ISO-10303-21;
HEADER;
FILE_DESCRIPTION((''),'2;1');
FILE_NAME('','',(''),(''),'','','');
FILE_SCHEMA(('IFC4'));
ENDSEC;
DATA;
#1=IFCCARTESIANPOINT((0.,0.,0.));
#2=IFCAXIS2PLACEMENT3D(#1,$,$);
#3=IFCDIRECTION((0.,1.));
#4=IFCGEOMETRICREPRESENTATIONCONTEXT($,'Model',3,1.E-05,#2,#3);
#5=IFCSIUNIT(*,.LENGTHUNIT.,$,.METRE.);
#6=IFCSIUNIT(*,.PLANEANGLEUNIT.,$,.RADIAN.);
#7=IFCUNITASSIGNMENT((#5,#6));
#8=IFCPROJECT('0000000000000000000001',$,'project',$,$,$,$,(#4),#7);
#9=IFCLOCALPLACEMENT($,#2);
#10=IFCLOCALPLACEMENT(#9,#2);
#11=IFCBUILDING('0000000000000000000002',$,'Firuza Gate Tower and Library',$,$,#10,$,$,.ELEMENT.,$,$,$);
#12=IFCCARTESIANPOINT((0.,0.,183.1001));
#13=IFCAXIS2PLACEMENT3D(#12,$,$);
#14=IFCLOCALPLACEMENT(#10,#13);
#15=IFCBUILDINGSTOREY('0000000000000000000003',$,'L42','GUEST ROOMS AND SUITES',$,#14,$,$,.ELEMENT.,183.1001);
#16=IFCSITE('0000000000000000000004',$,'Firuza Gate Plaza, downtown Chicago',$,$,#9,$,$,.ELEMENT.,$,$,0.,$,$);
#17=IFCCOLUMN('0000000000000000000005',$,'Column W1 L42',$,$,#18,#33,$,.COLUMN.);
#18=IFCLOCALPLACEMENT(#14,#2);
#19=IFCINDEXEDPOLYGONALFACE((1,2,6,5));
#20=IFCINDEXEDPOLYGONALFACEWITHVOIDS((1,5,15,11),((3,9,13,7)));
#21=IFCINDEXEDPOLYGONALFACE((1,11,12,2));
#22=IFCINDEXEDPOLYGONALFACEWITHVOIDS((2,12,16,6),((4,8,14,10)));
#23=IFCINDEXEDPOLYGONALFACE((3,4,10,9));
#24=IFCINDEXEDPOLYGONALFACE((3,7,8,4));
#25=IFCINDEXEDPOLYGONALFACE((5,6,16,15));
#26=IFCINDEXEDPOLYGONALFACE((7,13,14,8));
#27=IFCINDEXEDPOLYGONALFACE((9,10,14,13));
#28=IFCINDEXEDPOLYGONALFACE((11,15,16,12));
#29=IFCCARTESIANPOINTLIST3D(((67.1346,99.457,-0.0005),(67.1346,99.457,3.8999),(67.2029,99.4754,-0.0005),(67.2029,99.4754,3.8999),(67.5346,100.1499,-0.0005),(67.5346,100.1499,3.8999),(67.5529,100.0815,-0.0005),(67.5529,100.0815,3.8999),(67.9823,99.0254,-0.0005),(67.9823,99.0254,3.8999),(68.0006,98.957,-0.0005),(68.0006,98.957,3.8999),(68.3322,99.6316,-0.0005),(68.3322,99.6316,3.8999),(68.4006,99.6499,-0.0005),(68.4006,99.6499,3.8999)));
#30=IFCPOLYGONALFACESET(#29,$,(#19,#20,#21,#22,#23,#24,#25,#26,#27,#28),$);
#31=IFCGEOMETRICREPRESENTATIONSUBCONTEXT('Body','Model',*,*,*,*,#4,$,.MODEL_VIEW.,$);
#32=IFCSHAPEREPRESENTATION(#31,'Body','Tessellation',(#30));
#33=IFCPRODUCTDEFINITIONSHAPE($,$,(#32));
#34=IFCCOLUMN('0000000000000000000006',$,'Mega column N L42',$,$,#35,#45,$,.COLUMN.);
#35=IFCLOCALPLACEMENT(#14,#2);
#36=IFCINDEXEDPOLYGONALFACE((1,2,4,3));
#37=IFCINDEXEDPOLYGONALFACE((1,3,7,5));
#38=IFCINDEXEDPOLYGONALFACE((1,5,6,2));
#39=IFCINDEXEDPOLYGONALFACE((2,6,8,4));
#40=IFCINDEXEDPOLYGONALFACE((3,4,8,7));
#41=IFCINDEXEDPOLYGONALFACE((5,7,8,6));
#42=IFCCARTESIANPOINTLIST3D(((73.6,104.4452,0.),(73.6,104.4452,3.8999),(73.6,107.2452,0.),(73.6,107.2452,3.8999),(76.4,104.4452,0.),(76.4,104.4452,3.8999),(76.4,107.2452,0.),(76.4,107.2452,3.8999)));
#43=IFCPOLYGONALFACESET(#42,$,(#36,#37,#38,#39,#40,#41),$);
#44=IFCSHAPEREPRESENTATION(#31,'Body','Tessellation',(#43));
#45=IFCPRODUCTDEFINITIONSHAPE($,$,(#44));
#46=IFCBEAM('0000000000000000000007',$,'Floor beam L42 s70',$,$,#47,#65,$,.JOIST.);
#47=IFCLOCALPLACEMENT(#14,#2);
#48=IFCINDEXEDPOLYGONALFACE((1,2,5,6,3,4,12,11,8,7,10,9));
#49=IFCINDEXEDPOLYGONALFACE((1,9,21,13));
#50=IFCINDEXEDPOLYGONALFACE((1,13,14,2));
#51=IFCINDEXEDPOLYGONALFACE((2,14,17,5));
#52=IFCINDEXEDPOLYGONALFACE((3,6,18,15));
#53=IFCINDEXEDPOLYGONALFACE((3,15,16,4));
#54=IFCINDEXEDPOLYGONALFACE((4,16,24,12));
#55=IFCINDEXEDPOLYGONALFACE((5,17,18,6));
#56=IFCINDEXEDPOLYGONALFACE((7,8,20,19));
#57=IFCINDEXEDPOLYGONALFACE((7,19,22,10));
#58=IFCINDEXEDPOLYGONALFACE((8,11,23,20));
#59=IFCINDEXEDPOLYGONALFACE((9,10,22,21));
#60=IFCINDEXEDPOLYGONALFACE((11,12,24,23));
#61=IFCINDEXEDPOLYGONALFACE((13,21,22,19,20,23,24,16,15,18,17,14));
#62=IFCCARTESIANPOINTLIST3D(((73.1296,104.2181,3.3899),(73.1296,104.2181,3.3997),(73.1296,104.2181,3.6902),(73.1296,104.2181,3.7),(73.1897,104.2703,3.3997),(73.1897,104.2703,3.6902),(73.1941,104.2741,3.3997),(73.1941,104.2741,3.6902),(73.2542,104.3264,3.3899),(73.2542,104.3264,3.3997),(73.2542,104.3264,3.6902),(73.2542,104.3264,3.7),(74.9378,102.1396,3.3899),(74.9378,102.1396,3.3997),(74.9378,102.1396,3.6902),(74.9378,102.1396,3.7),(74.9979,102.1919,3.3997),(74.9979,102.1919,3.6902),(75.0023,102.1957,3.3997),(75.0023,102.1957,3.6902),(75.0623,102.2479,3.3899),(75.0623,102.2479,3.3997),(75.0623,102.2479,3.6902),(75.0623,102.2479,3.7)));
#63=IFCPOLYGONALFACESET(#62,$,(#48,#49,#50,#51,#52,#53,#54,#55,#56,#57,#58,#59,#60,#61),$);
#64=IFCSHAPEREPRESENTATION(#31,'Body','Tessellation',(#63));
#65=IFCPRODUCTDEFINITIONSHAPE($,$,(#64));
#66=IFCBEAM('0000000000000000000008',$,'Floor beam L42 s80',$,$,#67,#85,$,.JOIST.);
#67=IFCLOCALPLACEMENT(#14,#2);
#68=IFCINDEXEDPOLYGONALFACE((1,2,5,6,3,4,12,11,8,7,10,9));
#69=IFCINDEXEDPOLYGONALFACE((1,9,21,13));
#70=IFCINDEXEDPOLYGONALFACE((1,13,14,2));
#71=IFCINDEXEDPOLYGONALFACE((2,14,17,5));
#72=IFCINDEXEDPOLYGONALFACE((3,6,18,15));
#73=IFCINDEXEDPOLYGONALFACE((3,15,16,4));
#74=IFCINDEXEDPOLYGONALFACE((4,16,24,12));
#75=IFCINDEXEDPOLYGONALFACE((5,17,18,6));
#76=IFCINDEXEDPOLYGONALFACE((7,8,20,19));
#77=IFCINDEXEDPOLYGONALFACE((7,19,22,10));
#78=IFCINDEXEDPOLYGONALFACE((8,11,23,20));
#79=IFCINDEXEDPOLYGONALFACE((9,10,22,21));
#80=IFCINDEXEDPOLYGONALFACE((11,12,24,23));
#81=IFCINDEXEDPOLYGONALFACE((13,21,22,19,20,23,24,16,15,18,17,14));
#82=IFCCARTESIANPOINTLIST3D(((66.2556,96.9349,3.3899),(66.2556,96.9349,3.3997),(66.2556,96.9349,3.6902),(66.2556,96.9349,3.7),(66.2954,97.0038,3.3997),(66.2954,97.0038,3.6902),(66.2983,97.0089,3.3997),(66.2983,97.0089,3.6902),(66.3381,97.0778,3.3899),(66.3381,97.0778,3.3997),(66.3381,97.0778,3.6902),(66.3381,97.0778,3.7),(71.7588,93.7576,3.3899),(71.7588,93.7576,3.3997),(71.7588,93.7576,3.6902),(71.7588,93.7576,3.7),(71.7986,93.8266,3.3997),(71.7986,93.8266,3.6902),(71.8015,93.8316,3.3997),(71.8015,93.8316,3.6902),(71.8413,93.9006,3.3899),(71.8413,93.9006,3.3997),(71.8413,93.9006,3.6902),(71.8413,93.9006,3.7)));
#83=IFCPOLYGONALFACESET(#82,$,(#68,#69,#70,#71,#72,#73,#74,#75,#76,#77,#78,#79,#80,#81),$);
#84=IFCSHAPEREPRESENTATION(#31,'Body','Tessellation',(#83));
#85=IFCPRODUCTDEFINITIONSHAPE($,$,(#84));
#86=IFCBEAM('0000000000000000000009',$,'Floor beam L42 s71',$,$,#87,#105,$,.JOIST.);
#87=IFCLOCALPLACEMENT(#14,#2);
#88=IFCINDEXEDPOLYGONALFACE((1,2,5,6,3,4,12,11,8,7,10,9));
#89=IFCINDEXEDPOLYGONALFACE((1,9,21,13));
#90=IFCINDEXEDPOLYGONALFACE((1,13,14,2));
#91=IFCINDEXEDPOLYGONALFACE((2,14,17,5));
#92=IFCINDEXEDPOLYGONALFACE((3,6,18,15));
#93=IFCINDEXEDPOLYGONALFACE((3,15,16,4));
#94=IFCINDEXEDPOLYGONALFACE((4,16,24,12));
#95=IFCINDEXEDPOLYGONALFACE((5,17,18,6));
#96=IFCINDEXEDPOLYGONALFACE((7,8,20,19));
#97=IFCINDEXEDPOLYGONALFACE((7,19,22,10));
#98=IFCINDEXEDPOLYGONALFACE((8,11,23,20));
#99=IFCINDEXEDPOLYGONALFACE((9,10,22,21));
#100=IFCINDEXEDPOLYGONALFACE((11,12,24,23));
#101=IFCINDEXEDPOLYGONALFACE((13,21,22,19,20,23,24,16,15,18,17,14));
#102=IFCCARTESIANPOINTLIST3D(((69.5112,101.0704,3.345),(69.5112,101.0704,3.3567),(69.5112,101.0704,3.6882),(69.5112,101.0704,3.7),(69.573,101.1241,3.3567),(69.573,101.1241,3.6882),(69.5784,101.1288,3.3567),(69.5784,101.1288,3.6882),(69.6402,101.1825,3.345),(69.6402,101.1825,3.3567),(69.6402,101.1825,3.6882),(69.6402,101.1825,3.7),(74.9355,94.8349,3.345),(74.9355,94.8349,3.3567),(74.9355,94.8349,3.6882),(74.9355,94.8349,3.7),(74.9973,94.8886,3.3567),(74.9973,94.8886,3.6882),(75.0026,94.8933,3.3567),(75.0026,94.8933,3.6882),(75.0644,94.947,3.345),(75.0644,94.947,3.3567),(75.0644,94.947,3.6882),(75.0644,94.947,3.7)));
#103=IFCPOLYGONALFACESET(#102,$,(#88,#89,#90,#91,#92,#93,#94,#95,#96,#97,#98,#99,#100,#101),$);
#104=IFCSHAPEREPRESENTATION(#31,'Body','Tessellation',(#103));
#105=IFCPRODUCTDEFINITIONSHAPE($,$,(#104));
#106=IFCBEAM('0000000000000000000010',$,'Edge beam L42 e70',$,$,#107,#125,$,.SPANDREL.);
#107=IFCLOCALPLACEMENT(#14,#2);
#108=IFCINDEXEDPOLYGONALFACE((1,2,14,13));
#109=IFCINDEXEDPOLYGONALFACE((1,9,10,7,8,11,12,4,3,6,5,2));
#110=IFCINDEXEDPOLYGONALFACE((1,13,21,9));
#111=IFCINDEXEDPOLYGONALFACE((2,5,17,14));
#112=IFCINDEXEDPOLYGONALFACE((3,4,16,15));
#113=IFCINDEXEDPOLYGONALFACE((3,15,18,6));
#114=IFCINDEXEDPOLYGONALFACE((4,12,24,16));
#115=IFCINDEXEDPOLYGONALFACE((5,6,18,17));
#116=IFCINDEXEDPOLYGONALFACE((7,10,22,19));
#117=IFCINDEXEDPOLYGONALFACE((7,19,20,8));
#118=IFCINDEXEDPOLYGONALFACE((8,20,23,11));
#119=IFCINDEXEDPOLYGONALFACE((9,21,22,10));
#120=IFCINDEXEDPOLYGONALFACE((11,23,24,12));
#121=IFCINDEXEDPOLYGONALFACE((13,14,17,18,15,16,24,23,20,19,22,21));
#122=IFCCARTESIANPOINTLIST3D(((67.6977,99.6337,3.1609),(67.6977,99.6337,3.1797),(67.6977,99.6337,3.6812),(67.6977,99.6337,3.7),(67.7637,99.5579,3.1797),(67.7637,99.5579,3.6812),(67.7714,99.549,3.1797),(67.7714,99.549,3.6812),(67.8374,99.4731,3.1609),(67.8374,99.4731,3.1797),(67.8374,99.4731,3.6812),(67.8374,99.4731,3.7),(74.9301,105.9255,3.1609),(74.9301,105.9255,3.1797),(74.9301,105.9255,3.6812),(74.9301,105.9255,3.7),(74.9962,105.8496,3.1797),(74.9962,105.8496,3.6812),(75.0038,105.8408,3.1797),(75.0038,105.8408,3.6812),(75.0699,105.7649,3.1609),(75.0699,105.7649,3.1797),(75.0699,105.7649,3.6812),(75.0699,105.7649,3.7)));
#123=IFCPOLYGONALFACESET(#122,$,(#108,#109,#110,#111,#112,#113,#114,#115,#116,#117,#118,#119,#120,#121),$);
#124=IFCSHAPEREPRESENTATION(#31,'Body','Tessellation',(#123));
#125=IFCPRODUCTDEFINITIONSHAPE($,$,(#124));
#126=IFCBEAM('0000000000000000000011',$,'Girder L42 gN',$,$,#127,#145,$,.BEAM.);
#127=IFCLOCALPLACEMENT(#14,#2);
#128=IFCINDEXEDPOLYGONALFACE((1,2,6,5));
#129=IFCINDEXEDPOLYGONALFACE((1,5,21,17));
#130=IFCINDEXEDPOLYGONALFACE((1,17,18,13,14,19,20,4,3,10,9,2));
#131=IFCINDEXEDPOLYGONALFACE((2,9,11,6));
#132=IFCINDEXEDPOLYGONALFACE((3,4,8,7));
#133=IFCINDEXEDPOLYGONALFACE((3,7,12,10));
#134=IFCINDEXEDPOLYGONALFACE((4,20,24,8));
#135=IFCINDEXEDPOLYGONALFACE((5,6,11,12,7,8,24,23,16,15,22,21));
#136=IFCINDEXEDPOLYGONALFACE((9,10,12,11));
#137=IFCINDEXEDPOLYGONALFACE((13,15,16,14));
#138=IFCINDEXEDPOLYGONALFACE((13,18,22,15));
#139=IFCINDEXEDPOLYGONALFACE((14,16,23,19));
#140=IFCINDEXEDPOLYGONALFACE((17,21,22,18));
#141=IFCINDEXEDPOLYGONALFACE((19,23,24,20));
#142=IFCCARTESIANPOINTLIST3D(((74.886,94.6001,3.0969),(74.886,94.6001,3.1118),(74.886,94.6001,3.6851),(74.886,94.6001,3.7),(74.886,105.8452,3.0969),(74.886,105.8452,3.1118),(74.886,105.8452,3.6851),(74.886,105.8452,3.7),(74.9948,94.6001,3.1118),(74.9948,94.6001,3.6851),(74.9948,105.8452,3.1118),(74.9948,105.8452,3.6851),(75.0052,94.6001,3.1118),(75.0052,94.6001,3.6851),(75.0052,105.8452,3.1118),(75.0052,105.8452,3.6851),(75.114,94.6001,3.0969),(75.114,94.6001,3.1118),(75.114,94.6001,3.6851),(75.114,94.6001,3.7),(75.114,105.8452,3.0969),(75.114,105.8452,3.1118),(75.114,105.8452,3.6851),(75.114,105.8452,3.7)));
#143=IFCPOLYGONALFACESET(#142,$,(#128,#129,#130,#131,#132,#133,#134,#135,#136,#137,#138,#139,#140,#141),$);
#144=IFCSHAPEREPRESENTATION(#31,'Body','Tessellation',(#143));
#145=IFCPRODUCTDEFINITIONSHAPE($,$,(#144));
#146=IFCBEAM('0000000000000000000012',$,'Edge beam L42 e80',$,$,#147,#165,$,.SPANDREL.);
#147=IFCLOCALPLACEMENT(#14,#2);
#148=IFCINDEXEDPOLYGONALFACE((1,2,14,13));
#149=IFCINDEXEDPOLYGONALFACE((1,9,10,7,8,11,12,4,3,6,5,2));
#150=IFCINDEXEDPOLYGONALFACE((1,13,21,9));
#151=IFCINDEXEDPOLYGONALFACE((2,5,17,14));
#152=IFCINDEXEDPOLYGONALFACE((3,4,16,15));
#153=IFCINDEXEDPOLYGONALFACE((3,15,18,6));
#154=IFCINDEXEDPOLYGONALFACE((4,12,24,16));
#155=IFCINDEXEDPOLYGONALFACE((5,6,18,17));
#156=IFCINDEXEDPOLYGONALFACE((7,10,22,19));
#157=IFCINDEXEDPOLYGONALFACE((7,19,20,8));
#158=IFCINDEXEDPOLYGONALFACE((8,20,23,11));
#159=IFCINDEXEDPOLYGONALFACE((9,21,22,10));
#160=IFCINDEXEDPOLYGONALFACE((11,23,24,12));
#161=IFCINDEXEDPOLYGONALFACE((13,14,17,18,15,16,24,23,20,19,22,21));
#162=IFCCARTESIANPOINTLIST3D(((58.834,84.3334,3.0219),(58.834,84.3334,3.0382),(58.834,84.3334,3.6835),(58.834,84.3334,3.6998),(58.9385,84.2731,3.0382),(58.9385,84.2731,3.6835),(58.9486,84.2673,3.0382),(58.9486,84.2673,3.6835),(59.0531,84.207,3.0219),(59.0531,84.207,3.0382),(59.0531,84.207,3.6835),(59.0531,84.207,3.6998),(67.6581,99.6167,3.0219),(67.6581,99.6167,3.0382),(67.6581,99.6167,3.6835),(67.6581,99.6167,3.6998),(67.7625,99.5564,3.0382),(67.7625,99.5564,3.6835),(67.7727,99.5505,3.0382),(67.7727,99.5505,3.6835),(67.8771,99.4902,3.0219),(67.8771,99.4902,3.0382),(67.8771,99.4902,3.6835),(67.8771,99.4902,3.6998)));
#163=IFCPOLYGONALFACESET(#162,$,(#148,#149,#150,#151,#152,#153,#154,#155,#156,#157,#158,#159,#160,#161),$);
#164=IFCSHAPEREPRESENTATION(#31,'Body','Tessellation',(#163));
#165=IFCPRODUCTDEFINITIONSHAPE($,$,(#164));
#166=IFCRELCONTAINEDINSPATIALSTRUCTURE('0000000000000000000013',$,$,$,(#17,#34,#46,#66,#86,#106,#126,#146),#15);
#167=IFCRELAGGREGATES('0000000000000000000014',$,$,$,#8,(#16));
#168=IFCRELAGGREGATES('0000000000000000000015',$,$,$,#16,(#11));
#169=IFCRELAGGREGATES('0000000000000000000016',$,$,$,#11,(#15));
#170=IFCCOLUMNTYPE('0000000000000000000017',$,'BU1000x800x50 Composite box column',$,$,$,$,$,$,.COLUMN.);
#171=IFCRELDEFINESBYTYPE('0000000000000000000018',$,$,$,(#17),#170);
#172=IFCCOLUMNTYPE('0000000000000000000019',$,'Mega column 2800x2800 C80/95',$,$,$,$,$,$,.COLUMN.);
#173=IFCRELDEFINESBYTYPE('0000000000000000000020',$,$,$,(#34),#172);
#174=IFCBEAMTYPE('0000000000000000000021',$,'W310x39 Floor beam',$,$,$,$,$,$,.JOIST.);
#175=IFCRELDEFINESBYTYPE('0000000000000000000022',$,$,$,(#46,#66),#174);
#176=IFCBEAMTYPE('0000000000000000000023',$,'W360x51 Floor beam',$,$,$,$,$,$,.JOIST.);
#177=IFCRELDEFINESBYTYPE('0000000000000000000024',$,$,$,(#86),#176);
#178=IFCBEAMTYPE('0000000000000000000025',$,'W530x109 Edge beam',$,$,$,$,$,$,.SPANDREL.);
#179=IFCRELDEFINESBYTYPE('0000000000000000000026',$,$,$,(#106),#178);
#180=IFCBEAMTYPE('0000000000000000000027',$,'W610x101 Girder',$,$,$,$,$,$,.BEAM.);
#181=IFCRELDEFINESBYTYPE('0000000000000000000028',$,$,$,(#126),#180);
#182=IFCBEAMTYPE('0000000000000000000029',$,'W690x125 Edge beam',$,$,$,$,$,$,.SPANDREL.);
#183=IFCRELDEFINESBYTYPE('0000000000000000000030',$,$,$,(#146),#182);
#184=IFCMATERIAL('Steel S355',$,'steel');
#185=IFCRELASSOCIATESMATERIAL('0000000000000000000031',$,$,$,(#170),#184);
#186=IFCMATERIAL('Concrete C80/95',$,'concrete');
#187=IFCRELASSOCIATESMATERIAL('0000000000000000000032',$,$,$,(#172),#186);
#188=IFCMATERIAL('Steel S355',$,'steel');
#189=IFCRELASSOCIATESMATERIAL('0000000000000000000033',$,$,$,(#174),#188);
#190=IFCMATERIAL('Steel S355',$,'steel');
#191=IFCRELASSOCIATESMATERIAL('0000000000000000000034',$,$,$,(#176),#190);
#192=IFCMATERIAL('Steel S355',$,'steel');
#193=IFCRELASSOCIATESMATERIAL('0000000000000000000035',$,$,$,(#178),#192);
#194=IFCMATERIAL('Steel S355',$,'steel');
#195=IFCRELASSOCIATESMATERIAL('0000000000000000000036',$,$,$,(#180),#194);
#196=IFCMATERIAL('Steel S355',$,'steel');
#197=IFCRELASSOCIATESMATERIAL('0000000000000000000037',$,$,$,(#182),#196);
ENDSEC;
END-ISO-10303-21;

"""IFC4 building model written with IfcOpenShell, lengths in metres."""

from ifc_helpers import new_model, si_unit, direction, frame, origin, origin_2d, place, context, subcontext, project, spatial, rectangle, hollow_rectangle, i_section, extrude, material, material_profile, profile_set, type_object, element, save


model = new_model("IFC4")

# Units and contexts
model_context = context("Model", 3, precision=1e-05, world=origin(), true_north=direction((0.0, 1.0)))
body_context = subcontext(model_context, "Body", "Model", "MODEL_VIEW")
ifc_project = project(units=[si_unit("LENGTHUNIT", "METRE"), si_unit("PLANEANGLEUNIT", "RADIAN")], contexts=[model_context])

# Site, building, storey
site_placement = place(None, origin())
site = spatial("IfcSite", under=ifc_project, at=site_placement, Name="Firuza Gate Plaza, downtown Chicago", CompositionType="ELEMENT", RefElevation=0.0)
building_placement = place(site_placement, origin())
building = spatial("IfcBuilding", under=site, at=building_placement, Name="Firuza Gate Tower and Library", CompositionType="ELEMENT")
storey_placement = place(building_placement, frame((0.0, 0.0, 183.1001)))
storey = spatial("IfcBuildingStorey", under=building, at=storey_placement, Name="L42", Description="GUEST ROOMS AND SUITES", CompositionType="ELEMENT", Elevation=183.1001)

# Columns
ifc_material_1 = material(Name="Steel S355", Category="steel")
ifc_material_profile_1 = material_profile(ifc_material_1, hollow_rectangle(XDim=0.8, YDim=1.0, WallThickness=0.05, at=origin_2d()))
ifc_profile_set_1 = profile_set([ifc_material_profile_1], Name="Steel S355")
column_type_1 = type_object("IfcColumnType", Name="BU1000x800x50 Composite box column", PredefinedType="COLUMN", material=ifc_profile_set_1)
column_1_placement = place(storey_placement, frame((67.7676, 99.5535, -0.0005), z_axis=(0.0, 0.0, 1.0), x_axis=(-0.5, -0.866025, 0.0)))
element("IfcColumn", 1, at=column_1_placement, inside=storey, type_object=column_type_1, Name="Column W1 L42", PredefinedType="COLUMN", context=body_context, shape_type="SweptSolid", body=[
    extrude(hollow_rectangle(XDim=0.8, YDim=1.0, WallThickness=0.05, at=origin_2d()), origin(), (0.0, 0.0, 1.0), 3.9004),
])
ifc_material_2 = material(Name="Concrete C80/95", Category="concrete")
ifc_material_profile_2 = material_profile(ifc_material_2, rectangle(XDim=2.8, YDim=2.8, at=origin_2d()))
ifc_profile_set_2 = profile_set([ifc_material_profile_2], Name="Concrete C80/95")
column_type_2 = type_object("IfcColumnType", Name="Mega column 2800x2800 C80/95", PredefinedType="COLUMN", material=ifc_profile_set_2)
column_2_placement = place(storey_placement, frame((75.0, 105.8452, 0.0), z_axis=(0.0, 0.0, 1.0), x_axis=(-1.0, 0.0, 0.0)))
element("IfcColumn", 2, at=column_2_placement, inside=storey, type_object=column_type_2, Name="Mega column N L42", PredefinedType="COLUMN", context=body_context, shape_type="SweptSolid", body=[
    extrude(rectangle(XDim=2.8, YDim=2.8, at=origin_2d()), origin(), (0.0, 0.0, 1.0), 3.8999),
])

# Beams
ifc_material_3 = material(Name="Steel S355", Category="steel")
ifc_material_profile_3 = material_profile(ifc_material_3, i_section(OverallWidth=0.165, OverallDepth=0.3101, WebThickness=0.0059, FlangeThickness=0.0098, at=origin_2d()))
ifc_profile_set_3 = profile_set([ifc_material_profile_3], Name="Steel S355")
beam_type_1 = type_object("IfcBeamType", Name="W310x39 Floor beam", PredefinedType="JOIST", material=ifc_profile_set_3)
beam_1_placement = place(storey_placement, frame((73.1919, 104.2722, 3.5449), z_axis=(0.65635, -0.754457, 0.0), x_axis=(0.754457, 0.65635, 0.0)))
element("IfcBeam", 3, at=beam_1_placement, inside=storey, type_object=beam_type_1, Name="Floor beam L42 s70", PredefinedType="JOIST", context=body_context, shape_type="SweptSolid", body=[
    extrude(i_section(OverallWidth=0.165, OverallDepth=0.3101, WebThickness=0.0059, FlangeThickness=0.0098, at=origin_2d()), origin(), (0.0, 0.0, 1.0), 2.7549),
])
beam_2_placement = place(storey_placement, frame((66.2969, 97.0063, 3.5449), z_axis=(0.866026, -0.499998, 0.0), x_axis=(0.499998, 0.866026, 0.0)))
element("IfcBeam", 4, at=beam_2_placement, inside=storey, type_object=beam_type_1, Name="Floor beam L42 s80", PredefinedType="JOIST", context=body_context, shape_type="SweptSolid", body=[
    extrude(i_section(OverallWidth=0.165, OverallDepth=0.3101, WebThickness=0.0059, FlangeThickness=0.0098, at=origin_2d()), origin(), (0.0, 0.0, 1.0), 6.3545),
])
ifc_material_4 = material(Name="Steel S355", Category="steel")
ifc_material_profile_4 = material_profile(ifc_material_4, i_section(OverallWidth=0.1709, OverallDepth=0.355, WebThickness=0.0071, FlangeThickness=0.0117, at=origin_2d()))
ifc_profile_set_4 = profile_set([ifc_material_profile_4], Name="Steel S355")
beam_type_2 = type_object("IfcBeamType", Name="W360x51 Floor beam", PredefinedType="JOIST", material=ifc_profile_set_4)
beam_3_placement = place(storey_placement, frame((69.5757, 101.1265, 3.5225), z_axis=(0.656321, -0.754482, 0.0), x_axis=(0.754482, 0.656321, 0.0)))
element("IfcBeam", 5, at=beam_3_placement, inside=storey, type_object=beam_type_2, Name="Floor beam L42 s71", PredefinedType="JOIST", context=body_context, shape_type="SweptSolid", body=[
    extrude(i_section(OverallWidth=0.1709, OverallDepth=0.355, WebThickness=0.0071, FlangeThickness=0.0117, at=origin_2d()), origin(), (0.0, 0.0, 1.0), 8.2646),
])
ifc_material_5 = material(Name="Steel S355", Category="steel")
ifc_material_profile_5 = material_profile(ifc_material_5, i_section(OverallWidth=0.2129, OverallDepth=0.5391, WebThickness=0.0117, FlangeThickness=0.0188, at=origin_2d()))
ifc_profile_set_5 = profile_set([ifc_material_profile_5], Name="Steel S355")
beam_type_3 = type_object("IfcBeamType", Name="W530x109 Edge beam", PredefinedType="SPANDREL", material=ifc_profile_set_5)
beam_4_placement = place(storey_placement, frame((75.0, 105.8452, 3.4304), z_axis=(-0.754467, -0.656338, 0.0), x_axis=(0.656338, -0.754467, 0.0)))
element("IfcBeam", 6, at=beam_4_placement, inside=storey, type_object=beam_type_3, Name="Edge beam L42 e70", PredefinedType="SPANDREL", context=body_context, shape_type="SweptSolid", body=[
    extrude(i_section(OverallWidth=0.2129, OverallDepth=0.5391, WebThickness=0.0117, FlangeThickness=0.0188, at=origin_2d()), origin(), (0.0, 0.0, 1.0), 9.5862),
])
ifc_material_6 = material(Name="Steel S355", Category="steel")
ifc_material_profile_6 = material_profile(ifc_material_6, i_section(OverallWidth=0.228, OverallDepth=0.603, WebThickness=0.0105, FlangeThickness=0.0149, at=origin_2d()))
ifc_profile_set_6 = profile_set([ifc_material_profile_6], Name="Steel S355")
beam_type_4 = type_object("IfcBeamType", Name="W610x101 Girder", PredefinedType="BEAM", material=ifc_profile_set_6)
beam_5_placement = place(storey_placement, frame((75.0, 105.8452, 3.3984), z_axis=(0.0, -1.0, 0.0), x_axis=(1.0, 0.0, 0.0)))
element("IfcBeam", 7, at=beam_5_placement, inside=storey, type_object=beam_type_4, Name="Girder L42 gN", PredefinedType="BEAM", context=body_context, shape_type="SweptSolid", body=[
    extrude(i_section(OverallWidth=0.228, OverallDepth=0.603, WebThickness=0.0105, FlangeThickness=0.0149, at=origin_2d()), origin(), (0.0, 0.0, 1.0), 11.2451),
])
ifc_material_7 = material(Name="Steel S355", Category="steel")
ifc_material_profile_7 = material_profile(ifc_material_7, i_section(OverallWidth=0.2529, OverallDepth=0.678, WebThickness=0.0117, FlangeThickness=0.0164, at=origin_2d()))
ifc_profile_set_7 = profile_set([ifc_material_profile_7], Name="Steel S355")
beam_type_5 = type_object("IfcBeamType", Name="W690x125 Edge beam", PredefinedType="SPANDREL", material=ifc_profile_set_7)
beam_6_placement = place(storey_placement, frame((67.7676, 99.5535, 3.3608), z_axis=(-0.500009, -0.86602, 0.0), x_axis=(0.86602, -0.500009, 0.0)))
element("IfcBeam", 8, at=beam_6_placement, inside=storey, type_object=beam_type_5, Name="Edge beam L42 e80", PredefinedType="SPANDREL", context=body_context, shape_type="SweptSolid", body=[
    extrude(i_section(OverallWidth=0.2529, OverallDepth=0.678, WebThickness=0.0117, FlangeThickness=0.0164, at=origin_2d()), origin(), (0.0, 0.0, 1.0), 17.6477),
])

save(model, "model.ifc")
